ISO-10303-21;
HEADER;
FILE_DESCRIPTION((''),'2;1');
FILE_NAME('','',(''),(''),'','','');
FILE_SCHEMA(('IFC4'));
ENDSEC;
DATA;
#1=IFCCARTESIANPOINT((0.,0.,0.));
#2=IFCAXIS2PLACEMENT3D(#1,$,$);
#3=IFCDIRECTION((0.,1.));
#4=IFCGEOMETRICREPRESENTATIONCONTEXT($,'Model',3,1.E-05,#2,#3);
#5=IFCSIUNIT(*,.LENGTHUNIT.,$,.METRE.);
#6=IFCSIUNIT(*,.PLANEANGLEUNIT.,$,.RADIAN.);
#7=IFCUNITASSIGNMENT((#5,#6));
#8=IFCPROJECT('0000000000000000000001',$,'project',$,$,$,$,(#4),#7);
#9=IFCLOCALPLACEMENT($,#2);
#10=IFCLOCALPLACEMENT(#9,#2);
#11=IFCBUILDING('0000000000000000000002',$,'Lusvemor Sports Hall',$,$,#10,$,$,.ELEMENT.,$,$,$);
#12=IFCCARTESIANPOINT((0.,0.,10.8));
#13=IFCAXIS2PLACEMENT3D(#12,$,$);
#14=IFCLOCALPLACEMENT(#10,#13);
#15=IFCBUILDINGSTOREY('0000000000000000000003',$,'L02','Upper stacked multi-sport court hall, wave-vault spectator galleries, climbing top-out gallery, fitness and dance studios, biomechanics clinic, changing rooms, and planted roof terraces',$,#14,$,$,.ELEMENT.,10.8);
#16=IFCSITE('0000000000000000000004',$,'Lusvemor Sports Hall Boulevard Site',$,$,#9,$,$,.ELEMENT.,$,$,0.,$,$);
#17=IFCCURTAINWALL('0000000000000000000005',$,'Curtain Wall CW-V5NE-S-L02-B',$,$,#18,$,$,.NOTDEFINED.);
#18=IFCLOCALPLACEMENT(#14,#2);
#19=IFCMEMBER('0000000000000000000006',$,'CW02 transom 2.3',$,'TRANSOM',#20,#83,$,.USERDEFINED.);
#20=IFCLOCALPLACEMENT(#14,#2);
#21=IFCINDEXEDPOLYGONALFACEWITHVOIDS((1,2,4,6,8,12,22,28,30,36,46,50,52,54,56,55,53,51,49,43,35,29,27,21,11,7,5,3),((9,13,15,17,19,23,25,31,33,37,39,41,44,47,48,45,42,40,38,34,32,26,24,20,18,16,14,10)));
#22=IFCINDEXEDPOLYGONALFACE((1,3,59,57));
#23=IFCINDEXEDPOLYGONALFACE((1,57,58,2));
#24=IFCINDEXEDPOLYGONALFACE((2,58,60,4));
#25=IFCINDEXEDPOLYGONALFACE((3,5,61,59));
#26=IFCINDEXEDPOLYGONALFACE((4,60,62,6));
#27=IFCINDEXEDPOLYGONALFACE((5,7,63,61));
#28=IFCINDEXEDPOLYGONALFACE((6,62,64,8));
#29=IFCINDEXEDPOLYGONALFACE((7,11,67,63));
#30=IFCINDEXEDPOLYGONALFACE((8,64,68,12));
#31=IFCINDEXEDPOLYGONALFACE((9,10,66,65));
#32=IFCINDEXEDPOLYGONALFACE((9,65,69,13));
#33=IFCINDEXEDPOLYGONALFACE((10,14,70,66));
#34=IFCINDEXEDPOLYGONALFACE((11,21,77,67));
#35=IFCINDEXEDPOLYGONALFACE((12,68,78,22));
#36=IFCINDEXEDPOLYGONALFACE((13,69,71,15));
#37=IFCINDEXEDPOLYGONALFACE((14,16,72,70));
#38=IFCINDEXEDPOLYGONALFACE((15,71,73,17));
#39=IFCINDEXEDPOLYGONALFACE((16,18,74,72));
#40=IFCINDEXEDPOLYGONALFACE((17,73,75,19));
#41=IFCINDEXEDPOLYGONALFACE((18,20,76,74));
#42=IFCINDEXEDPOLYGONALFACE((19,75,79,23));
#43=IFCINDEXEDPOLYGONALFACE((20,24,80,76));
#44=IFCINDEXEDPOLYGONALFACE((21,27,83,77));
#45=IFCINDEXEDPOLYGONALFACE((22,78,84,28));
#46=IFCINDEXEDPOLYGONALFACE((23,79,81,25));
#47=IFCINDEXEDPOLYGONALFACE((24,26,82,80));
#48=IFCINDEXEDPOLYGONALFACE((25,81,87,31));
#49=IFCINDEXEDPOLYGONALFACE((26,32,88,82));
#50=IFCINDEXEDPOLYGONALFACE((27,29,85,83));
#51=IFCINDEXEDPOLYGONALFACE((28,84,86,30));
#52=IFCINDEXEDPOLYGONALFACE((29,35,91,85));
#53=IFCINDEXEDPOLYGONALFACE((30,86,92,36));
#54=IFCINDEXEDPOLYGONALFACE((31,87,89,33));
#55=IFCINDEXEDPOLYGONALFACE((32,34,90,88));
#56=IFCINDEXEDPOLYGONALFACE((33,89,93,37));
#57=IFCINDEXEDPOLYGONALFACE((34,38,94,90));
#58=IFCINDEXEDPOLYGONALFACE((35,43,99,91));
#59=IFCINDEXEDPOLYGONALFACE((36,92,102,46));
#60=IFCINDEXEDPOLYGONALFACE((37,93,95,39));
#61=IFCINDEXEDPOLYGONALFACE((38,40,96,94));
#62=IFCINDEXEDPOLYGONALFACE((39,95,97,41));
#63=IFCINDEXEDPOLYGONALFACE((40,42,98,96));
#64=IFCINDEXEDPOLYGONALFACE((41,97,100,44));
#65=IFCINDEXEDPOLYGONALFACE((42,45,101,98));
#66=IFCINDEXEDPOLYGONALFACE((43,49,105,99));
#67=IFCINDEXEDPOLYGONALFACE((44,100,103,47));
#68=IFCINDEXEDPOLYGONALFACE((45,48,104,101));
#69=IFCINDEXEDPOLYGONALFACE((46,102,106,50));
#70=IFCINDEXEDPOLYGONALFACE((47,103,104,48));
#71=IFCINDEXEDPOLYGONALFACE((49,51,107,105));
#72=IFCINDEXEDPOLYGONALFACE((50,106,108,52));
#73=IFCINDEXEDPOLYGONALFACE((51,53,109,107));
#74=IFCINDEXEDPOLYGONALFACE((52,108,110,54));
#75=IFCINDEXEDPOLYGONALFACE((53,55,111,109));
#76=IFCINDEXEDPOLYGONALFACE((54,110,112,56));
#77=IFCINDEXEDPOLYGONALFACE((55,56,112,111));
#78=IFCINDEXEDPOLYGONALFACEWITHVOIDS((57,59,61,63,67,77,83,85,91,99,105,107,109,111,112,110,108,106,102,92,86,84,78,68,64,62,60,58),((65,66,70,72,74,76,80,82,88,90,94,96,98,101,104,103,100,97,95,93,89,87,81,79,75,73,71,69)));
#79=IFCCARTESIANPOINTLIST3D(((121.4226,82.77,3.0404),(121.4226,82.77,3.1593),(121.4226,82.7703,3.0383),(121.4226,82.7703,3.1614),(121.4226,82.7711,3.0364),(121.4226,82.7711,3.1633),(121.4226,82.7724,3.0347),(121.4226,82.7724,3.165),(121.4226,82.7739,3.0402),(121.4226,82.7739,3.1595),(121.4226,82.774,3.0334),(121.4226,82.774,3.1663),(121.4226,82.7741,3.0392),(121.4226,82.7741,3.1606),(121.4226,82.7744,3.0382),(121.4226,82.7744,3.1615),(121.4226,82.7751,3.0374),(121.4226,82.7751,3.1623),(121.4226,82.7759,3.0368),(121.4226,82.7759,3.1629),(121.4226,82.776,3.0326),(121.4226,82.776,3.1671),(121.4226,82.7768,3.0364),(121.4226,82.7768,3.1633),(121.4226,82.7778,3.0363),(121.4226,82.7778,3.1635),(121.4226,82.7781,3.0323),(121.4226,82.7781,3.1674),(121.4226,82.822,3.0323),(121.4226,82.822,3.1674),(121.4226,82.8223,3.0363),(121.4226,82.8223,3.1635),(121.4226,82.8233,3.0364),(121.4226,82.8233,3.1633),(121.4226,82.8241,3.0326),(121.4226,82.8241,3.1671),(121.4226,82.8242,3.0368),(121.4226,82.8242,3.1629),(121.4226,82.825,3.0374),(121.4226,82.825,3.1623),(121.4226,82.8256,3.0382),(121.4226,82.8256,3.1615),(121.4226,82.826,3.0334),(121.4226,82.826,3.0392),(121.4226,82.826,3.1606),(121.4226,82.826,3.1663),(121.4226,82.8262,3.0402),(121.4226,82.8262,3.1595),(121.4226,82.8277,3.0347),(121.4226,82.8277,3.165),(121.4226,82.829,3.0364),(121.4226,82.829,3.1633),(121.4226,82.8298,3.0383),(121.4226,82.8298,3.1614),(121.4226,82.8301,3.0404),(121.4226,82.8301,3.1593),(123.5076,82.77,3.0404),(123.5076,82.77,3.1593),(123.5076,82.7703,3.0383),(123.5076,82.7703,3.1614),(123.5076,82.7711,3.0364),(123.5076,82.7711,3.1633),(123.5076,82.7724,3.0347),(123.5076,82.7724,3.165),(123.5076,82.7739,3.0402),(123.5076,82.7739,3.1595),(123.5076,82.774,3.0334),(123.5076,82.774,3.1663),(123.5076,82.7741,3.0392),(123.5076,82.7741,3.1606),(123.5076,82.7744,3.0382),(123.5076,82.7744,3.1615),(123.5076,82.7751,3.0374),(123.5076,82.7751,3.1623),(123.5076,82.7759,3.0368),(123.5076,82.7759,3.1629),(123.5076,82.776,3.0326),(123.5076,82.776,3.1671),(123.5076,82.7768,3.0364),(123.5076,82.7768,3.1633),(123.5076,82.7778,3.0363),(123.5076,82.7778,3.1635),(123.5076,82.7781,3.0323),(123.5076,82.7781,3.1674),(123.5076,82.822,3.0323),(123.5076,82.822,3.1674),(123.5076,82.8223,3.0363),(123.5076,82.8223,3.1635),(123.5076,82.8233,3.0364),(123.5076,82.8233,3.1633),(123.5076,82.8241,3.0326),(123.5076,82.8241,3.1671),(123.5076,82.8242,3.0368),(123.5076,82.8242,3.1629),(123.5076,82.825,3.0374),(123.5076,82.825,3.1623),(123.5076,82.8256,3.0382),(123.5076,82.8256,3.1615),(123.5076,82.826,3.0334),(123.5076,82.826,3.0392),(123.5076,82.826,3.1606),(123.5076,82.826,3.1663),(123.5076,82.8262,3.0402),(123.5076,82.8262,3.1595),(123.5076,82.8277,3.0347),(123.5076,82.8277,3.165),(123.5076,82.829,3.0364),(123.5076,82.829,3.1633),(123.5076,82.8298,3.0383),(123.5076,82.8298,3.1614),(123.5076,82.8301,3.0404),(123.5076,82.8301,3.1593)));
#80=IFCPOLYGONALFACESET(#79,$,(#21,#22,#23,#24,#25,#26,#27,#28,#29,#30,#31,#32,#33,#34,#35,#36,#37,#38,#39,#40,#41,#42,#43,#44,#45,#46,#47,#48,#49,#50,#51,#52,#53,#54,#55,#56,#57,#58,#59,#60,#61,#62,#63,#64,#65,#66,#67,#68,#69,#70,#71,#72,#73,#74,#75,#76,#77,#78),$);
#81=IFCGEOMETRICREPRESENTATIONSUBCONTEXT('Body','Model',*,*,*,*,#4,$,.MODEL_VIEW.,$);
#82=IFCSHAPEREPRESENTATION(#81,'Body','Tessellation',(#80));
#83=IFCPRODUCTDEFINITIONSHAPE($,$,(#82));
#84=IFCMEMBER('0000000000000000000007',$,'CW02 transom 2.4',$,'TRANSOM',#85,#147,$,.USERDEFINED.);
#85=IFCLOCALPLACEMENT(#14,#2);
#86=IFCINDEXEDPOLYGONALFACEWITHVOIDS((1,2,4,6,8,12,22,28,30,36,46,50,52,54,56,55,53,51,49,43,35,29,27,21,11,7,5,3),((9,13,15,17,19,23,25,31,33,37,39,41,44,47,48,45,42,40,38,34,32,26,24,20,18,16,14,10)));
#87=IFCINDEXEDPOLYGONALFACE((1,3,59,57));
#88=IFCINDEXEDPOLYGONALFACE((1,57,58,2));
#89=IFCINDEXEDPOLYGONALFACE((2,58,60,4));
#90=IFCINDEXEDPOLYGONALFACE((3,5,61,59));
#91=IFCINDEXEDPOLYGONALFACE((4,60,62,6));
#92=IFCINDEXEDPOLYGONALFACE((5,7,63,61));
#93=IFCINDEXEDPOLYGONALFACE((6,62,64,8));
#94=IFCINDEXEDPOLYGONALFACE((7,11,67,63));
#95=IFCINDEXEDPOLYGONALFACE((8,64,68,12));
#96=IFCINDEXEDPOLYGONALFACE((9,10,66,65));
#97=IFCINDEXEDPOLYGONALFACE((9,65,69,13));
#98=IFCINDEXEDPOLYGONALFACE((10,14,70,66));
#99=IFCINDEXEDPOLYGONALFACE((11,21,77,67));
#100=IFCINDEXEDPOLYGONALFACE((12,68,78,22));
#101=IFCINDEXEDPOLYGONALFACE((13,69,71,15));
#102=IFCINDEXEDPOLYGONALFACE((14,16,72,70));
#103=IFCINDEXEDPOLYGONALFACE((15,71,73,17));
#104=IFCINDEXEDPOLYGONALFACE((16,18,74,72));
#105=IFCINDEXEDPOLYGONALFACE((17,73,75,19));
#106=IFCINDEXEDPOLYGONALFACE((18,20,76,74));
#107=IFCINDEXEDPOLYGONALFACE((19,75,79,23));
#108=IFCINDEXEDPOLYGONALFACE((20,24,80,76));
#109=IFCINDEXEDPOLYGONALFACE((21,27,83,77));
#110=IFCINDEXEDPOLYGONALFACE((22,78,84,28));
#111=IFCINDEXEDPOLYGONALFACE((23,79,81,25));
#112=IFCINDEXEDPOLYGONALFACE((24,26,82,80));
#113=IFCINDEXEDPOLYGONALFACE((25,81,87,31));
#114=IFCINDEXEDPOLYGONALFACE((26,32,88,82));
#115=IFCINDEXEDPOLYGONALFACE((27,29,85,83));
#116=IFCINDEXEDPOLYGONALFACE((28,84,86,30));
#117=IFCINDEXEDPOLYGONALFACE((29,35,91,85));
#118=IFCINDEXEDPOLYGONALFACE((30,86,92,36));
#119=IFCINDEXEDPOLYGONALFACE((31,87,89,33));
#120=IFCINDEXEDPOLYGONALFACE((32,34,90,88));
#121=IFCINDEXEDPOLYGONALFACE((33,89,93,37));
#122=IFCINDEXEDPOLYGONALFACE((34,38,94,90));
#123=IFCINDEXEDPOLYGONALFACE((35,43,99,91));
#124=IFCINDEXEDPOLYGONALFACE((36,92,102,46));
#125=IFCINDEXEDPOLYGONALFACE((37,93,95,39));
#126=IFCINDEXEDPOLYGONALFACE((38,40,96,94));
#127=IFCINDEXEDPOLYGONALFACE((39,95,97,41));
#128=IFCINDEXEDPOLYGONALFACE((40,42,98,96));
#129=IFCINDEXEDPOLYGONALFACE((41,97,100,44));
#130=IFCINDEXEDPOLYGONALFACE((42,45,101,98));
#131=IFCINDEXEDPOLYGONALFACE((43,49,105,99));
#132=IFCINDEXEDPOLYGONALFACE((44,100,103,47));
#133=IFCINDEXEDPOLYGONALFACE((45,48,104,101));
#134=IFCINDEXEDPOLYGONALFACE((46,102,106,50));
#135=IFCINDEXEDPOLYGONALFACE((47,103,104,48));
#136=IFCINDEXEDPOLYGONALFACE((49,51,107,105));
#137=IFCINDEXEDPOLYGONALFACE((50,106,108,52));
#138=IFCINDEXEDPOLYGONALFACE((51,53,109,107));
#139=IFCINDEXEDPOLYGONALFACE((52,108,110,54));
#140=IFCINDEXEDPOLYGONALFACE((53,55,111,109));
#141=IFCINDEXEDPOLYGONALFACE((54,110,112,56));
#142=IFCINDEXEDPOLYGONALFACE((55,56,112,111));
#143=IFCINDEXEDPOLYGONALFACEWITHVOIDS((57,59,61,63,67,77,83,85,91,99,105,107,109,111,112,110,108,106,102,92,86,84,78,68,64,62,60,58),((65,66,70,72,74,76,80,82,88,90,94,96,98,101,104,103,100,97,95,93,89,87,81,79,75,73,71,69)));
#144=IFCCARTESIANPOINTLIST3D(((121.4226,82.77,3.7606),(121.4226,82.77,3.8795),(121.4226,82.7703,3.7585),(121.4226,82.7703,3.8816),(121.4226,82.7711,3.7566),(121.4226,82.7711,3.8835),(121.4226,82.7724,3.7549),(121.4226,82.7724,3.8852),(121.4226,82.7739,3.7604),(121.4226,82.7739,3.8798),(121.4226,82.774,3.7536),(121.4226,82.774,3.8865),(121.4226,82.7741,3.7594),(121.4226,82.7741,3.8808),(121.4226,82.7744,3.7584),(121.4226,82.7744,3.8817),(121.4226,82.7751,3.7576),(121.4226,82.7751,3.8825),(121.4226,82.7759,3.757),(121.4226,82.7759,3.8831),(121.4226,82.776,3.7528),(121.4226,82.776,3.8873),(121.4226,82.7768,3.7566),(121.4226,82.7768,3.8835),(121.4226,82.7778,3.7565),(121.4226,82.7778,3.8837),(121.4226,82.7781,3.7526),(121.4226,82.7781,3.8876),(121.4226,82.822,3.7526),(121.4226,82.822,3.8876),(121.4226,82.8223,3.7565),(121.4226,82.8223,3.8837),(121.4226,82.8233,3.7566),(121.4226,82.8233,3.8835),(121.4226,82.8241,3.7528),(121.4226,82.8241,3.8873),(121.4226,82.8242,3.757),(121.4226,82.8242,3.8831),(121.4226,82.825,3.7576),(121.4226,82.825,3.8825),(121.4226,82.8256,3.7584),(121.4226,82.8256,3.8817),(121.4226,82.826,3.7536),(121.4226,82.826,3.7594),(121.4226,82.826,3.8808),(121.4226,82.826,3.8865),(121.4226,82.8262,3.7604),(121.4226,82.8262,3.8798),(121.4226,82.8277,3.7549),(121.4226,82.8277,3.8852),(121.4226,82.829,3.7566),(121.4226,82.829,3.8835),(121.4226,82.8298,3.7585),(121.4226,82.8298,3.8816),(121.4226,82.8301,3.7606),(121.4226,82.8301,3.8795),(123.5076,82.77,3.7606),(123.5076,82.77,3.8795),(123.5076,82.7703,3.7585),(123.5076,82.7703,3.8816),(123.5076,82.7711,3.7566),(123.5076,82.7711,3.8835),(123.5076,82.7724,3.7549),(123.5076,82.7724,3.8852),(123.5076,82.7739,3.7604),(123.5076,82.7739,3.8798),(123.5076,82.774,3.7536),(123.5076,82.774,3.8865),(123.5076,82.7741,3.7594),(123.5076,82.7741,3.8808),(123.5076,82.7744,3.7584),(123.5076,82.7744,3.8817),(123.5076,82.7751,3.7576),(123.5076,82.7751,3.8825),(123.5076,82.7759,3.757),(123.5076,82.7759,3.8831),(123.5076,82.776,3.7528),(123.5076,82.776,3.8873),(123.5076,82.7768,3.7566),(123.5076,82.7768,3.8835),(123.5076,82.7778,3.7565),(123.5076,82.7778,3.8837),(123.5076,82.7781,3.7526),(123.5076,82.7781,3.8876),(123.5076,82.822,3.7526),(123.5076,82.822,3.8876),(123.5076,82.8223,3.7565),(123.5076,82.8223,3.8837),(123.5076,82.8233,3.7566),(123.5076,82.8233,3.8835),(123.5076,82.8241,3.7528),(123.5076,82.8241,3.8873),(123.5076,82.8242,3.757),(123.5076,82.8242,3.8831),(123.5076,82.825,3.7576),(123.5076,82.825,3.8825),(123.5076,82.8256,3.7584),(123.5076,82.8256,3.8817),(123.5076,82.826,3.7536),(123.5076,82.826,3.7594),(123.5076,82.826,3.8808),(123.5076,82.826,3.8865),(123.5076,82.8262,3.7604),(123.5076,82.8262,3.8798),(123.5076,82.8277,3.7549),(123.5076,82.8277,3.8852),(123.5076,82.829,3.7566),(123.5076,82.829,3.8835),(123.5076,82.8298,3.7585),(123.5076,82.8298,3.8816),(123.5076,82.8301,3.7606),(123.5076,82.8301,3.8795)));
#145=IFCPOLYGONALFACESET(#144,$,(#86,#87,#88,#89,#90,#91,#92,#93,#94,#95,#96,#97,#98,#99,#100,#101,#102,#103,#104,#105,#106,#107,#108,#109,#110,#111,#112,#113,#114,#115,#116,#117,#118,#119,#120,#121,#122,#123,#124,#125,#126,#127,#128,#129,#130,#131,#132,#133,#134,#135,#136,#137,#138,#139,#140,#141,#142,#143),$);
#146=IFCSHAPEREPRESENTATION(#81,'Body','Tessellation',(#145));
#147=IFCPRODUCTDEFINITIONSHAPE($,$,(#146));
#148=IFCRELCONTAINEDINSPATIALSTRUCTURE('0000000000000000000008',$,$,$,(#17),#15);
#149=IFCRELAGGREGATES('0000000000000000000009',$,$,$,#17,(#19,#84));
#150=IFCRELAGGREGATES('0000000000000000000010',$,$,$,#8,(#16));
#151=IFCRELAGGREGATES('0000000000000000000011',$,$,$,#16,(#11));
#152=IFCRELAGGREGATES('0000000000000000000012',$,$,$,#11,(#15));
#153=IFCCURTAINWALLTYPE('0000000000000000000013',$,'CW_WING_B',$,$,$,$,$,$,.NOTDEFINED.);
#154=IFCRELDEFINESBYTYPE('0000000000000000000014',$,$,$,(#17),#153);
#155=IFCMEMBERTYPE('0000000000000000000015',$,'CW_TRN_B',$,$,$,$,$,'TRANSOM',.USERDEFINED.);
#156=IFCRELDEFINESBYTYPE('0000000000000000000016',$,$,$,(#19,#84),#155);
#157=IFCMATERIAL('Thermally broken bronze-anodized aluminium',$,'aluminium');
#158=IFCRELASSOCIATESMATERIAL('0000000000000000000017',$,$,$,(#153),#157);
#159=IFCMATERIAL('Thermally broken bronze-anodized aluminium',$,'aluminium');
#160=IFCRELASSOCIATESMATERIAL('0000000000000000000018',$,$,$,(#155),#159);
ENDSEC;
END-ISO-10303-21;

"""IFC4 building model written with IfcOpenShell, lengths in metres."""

from ifc_helpers import new_model, si_unit, direction, frame, origin, origin_2d, place, context, subcontext, project, spatial, hollow_rectangle, extrude, material, material_profile, profile_set, type_object, element, aggregate, save


model = new_model("IFC4")

# Units and contexts
model_context = context("Model", 3, precision=1e-05, world=origin(), true_north=direction((0.0, 1.0)))
body_context = subcontext(model_context, "Body", "Model", "MODEL_VIEW")
ifc_project = project(units=[si_unit("LENGTHUNIT", "METRE"), si_unit("PLANEANGLEUNIT", "RADIAN")], contexts=[model_context])

# Site, building, storey
site_placement = place(None, origin())
site = spatial("IfcSite", under=ifc_project, at=site_placement, Name="Lusvemor Sports Hall Boulevard Site", CompositionType="ELEMENT", RefElevation=0.0)
building_placement = place(site_placement, origin())
building = spatial("IfcBuilding", under=site, at=building_placement, Name="Lusvemor Sports Hall", CompositionType="ELEMENT")
storey_placement = place(building_placement, frame((0.0, 0.0, 10.8)))
storey = spatial("IfcBuildingStorey", under=building, at=storey_placement, Name="L02", Description="Upper stacked multi-sport court hall, wave-vault spectator galleries, climbing top-out gallery, fitness and dance studios, biomechanics clinic, changing rooms, and planted roof terraces", CompositionType="ELEMENT", Elevation=10.8)

# Curtain wall, members
ifc_material_1 = material(Name="Thermally broken bronze-anodized aluminium", Category="aluminium")
curtain_wall_type = type_object("IfcCurtainWallType", Name="CW_WING_B", PredefinedType="NOTDEFINED", material=ifc_material_1)
curtain_wall_placement = place(storey_placement, origin())
curtain_wall = element("IfcCurtainWall", 1, at=curtain_wall_placement, inside=storey, type_object=curtain_wall_type, Name="Curtain Wall CW-V5NE-S-L02-B", PredefinedType="NOTDEFINED")
ifc_material_2 = material(Name="Thermally broken bronze-anodized aluminium", Category="aluminium")
ifc_material_profile_1 = material_profile(ifc_material_2, hollow_rectangle(XDim=0.0601, YDim=0.135, WallThickness=0.0039, InnerFilletRadius=0.0039, OuterFilletRadius=0.0081, at=origin_2d()), Name="CWTRN135x60x4")
ifc_profile_set_1 = profile_set([ifc_material_profile_1], Name="Thermally broken bronze-anodized aluminium")
member_type_1 = type_object("IfcMemberType", Name="CW_TRN_B", ElementType="TRANSOM", PredefinedType="USERDEFINED", material=ifc_profile_set_1)
member_1_placement = place(storey_placement, frame((123.5076, 82.8, 3.0999), z_axis=(-1.0, 0.0, 0.0), x_axis=(0.0, -1.0, 0.0)))
member_1 = element("IfcMember", 2, at=member_1_placement, type_object=member_type_1, Name="CW02 transom 2.3", ObjectType="TRANSOM", PredefinedType="USERDEFINED", context=body_context, shape_type="SweptSolid", body=[
    extrude(hollow_rectangle(XDim=0.0601, YDim=0.135, WallThickness=0.0039, InnerFilletRadius=0.0039, OuterFilletRadius=0.0081, at=origin_2d()), origin(), (0.0, 0.0, 1.0), 2.085),
])
member_2_placement = place(storey_placement, frame((123.5076, 82.8, 3.8201), z_axis=(-1.0, 0.0, 0.0), x_axis=(0.0, -1.0, 0.0)))
member_2 = element("IfcMember", 3, at=member_2_placement, type_object=member_type_1, Name="CW02 transom 2.4", ObjectType="TRANSOM", PredefinedType="USERDEFINED", context=body_context, shape_type="SweptSolid", body=[
    extrude(hollow_rectangle(XDim=0.0601, YDim=0.135, WallThickness=0.0039, InnerFilletRadius=0.0039, OuterFilletRadius=0.0081, at=origin_2d()), origin(), (0.0, 0.0, 1.0), 2.085),
])
aggregate(curtain_wall, [member_1, member_2])

save(model, "model.ifc")
